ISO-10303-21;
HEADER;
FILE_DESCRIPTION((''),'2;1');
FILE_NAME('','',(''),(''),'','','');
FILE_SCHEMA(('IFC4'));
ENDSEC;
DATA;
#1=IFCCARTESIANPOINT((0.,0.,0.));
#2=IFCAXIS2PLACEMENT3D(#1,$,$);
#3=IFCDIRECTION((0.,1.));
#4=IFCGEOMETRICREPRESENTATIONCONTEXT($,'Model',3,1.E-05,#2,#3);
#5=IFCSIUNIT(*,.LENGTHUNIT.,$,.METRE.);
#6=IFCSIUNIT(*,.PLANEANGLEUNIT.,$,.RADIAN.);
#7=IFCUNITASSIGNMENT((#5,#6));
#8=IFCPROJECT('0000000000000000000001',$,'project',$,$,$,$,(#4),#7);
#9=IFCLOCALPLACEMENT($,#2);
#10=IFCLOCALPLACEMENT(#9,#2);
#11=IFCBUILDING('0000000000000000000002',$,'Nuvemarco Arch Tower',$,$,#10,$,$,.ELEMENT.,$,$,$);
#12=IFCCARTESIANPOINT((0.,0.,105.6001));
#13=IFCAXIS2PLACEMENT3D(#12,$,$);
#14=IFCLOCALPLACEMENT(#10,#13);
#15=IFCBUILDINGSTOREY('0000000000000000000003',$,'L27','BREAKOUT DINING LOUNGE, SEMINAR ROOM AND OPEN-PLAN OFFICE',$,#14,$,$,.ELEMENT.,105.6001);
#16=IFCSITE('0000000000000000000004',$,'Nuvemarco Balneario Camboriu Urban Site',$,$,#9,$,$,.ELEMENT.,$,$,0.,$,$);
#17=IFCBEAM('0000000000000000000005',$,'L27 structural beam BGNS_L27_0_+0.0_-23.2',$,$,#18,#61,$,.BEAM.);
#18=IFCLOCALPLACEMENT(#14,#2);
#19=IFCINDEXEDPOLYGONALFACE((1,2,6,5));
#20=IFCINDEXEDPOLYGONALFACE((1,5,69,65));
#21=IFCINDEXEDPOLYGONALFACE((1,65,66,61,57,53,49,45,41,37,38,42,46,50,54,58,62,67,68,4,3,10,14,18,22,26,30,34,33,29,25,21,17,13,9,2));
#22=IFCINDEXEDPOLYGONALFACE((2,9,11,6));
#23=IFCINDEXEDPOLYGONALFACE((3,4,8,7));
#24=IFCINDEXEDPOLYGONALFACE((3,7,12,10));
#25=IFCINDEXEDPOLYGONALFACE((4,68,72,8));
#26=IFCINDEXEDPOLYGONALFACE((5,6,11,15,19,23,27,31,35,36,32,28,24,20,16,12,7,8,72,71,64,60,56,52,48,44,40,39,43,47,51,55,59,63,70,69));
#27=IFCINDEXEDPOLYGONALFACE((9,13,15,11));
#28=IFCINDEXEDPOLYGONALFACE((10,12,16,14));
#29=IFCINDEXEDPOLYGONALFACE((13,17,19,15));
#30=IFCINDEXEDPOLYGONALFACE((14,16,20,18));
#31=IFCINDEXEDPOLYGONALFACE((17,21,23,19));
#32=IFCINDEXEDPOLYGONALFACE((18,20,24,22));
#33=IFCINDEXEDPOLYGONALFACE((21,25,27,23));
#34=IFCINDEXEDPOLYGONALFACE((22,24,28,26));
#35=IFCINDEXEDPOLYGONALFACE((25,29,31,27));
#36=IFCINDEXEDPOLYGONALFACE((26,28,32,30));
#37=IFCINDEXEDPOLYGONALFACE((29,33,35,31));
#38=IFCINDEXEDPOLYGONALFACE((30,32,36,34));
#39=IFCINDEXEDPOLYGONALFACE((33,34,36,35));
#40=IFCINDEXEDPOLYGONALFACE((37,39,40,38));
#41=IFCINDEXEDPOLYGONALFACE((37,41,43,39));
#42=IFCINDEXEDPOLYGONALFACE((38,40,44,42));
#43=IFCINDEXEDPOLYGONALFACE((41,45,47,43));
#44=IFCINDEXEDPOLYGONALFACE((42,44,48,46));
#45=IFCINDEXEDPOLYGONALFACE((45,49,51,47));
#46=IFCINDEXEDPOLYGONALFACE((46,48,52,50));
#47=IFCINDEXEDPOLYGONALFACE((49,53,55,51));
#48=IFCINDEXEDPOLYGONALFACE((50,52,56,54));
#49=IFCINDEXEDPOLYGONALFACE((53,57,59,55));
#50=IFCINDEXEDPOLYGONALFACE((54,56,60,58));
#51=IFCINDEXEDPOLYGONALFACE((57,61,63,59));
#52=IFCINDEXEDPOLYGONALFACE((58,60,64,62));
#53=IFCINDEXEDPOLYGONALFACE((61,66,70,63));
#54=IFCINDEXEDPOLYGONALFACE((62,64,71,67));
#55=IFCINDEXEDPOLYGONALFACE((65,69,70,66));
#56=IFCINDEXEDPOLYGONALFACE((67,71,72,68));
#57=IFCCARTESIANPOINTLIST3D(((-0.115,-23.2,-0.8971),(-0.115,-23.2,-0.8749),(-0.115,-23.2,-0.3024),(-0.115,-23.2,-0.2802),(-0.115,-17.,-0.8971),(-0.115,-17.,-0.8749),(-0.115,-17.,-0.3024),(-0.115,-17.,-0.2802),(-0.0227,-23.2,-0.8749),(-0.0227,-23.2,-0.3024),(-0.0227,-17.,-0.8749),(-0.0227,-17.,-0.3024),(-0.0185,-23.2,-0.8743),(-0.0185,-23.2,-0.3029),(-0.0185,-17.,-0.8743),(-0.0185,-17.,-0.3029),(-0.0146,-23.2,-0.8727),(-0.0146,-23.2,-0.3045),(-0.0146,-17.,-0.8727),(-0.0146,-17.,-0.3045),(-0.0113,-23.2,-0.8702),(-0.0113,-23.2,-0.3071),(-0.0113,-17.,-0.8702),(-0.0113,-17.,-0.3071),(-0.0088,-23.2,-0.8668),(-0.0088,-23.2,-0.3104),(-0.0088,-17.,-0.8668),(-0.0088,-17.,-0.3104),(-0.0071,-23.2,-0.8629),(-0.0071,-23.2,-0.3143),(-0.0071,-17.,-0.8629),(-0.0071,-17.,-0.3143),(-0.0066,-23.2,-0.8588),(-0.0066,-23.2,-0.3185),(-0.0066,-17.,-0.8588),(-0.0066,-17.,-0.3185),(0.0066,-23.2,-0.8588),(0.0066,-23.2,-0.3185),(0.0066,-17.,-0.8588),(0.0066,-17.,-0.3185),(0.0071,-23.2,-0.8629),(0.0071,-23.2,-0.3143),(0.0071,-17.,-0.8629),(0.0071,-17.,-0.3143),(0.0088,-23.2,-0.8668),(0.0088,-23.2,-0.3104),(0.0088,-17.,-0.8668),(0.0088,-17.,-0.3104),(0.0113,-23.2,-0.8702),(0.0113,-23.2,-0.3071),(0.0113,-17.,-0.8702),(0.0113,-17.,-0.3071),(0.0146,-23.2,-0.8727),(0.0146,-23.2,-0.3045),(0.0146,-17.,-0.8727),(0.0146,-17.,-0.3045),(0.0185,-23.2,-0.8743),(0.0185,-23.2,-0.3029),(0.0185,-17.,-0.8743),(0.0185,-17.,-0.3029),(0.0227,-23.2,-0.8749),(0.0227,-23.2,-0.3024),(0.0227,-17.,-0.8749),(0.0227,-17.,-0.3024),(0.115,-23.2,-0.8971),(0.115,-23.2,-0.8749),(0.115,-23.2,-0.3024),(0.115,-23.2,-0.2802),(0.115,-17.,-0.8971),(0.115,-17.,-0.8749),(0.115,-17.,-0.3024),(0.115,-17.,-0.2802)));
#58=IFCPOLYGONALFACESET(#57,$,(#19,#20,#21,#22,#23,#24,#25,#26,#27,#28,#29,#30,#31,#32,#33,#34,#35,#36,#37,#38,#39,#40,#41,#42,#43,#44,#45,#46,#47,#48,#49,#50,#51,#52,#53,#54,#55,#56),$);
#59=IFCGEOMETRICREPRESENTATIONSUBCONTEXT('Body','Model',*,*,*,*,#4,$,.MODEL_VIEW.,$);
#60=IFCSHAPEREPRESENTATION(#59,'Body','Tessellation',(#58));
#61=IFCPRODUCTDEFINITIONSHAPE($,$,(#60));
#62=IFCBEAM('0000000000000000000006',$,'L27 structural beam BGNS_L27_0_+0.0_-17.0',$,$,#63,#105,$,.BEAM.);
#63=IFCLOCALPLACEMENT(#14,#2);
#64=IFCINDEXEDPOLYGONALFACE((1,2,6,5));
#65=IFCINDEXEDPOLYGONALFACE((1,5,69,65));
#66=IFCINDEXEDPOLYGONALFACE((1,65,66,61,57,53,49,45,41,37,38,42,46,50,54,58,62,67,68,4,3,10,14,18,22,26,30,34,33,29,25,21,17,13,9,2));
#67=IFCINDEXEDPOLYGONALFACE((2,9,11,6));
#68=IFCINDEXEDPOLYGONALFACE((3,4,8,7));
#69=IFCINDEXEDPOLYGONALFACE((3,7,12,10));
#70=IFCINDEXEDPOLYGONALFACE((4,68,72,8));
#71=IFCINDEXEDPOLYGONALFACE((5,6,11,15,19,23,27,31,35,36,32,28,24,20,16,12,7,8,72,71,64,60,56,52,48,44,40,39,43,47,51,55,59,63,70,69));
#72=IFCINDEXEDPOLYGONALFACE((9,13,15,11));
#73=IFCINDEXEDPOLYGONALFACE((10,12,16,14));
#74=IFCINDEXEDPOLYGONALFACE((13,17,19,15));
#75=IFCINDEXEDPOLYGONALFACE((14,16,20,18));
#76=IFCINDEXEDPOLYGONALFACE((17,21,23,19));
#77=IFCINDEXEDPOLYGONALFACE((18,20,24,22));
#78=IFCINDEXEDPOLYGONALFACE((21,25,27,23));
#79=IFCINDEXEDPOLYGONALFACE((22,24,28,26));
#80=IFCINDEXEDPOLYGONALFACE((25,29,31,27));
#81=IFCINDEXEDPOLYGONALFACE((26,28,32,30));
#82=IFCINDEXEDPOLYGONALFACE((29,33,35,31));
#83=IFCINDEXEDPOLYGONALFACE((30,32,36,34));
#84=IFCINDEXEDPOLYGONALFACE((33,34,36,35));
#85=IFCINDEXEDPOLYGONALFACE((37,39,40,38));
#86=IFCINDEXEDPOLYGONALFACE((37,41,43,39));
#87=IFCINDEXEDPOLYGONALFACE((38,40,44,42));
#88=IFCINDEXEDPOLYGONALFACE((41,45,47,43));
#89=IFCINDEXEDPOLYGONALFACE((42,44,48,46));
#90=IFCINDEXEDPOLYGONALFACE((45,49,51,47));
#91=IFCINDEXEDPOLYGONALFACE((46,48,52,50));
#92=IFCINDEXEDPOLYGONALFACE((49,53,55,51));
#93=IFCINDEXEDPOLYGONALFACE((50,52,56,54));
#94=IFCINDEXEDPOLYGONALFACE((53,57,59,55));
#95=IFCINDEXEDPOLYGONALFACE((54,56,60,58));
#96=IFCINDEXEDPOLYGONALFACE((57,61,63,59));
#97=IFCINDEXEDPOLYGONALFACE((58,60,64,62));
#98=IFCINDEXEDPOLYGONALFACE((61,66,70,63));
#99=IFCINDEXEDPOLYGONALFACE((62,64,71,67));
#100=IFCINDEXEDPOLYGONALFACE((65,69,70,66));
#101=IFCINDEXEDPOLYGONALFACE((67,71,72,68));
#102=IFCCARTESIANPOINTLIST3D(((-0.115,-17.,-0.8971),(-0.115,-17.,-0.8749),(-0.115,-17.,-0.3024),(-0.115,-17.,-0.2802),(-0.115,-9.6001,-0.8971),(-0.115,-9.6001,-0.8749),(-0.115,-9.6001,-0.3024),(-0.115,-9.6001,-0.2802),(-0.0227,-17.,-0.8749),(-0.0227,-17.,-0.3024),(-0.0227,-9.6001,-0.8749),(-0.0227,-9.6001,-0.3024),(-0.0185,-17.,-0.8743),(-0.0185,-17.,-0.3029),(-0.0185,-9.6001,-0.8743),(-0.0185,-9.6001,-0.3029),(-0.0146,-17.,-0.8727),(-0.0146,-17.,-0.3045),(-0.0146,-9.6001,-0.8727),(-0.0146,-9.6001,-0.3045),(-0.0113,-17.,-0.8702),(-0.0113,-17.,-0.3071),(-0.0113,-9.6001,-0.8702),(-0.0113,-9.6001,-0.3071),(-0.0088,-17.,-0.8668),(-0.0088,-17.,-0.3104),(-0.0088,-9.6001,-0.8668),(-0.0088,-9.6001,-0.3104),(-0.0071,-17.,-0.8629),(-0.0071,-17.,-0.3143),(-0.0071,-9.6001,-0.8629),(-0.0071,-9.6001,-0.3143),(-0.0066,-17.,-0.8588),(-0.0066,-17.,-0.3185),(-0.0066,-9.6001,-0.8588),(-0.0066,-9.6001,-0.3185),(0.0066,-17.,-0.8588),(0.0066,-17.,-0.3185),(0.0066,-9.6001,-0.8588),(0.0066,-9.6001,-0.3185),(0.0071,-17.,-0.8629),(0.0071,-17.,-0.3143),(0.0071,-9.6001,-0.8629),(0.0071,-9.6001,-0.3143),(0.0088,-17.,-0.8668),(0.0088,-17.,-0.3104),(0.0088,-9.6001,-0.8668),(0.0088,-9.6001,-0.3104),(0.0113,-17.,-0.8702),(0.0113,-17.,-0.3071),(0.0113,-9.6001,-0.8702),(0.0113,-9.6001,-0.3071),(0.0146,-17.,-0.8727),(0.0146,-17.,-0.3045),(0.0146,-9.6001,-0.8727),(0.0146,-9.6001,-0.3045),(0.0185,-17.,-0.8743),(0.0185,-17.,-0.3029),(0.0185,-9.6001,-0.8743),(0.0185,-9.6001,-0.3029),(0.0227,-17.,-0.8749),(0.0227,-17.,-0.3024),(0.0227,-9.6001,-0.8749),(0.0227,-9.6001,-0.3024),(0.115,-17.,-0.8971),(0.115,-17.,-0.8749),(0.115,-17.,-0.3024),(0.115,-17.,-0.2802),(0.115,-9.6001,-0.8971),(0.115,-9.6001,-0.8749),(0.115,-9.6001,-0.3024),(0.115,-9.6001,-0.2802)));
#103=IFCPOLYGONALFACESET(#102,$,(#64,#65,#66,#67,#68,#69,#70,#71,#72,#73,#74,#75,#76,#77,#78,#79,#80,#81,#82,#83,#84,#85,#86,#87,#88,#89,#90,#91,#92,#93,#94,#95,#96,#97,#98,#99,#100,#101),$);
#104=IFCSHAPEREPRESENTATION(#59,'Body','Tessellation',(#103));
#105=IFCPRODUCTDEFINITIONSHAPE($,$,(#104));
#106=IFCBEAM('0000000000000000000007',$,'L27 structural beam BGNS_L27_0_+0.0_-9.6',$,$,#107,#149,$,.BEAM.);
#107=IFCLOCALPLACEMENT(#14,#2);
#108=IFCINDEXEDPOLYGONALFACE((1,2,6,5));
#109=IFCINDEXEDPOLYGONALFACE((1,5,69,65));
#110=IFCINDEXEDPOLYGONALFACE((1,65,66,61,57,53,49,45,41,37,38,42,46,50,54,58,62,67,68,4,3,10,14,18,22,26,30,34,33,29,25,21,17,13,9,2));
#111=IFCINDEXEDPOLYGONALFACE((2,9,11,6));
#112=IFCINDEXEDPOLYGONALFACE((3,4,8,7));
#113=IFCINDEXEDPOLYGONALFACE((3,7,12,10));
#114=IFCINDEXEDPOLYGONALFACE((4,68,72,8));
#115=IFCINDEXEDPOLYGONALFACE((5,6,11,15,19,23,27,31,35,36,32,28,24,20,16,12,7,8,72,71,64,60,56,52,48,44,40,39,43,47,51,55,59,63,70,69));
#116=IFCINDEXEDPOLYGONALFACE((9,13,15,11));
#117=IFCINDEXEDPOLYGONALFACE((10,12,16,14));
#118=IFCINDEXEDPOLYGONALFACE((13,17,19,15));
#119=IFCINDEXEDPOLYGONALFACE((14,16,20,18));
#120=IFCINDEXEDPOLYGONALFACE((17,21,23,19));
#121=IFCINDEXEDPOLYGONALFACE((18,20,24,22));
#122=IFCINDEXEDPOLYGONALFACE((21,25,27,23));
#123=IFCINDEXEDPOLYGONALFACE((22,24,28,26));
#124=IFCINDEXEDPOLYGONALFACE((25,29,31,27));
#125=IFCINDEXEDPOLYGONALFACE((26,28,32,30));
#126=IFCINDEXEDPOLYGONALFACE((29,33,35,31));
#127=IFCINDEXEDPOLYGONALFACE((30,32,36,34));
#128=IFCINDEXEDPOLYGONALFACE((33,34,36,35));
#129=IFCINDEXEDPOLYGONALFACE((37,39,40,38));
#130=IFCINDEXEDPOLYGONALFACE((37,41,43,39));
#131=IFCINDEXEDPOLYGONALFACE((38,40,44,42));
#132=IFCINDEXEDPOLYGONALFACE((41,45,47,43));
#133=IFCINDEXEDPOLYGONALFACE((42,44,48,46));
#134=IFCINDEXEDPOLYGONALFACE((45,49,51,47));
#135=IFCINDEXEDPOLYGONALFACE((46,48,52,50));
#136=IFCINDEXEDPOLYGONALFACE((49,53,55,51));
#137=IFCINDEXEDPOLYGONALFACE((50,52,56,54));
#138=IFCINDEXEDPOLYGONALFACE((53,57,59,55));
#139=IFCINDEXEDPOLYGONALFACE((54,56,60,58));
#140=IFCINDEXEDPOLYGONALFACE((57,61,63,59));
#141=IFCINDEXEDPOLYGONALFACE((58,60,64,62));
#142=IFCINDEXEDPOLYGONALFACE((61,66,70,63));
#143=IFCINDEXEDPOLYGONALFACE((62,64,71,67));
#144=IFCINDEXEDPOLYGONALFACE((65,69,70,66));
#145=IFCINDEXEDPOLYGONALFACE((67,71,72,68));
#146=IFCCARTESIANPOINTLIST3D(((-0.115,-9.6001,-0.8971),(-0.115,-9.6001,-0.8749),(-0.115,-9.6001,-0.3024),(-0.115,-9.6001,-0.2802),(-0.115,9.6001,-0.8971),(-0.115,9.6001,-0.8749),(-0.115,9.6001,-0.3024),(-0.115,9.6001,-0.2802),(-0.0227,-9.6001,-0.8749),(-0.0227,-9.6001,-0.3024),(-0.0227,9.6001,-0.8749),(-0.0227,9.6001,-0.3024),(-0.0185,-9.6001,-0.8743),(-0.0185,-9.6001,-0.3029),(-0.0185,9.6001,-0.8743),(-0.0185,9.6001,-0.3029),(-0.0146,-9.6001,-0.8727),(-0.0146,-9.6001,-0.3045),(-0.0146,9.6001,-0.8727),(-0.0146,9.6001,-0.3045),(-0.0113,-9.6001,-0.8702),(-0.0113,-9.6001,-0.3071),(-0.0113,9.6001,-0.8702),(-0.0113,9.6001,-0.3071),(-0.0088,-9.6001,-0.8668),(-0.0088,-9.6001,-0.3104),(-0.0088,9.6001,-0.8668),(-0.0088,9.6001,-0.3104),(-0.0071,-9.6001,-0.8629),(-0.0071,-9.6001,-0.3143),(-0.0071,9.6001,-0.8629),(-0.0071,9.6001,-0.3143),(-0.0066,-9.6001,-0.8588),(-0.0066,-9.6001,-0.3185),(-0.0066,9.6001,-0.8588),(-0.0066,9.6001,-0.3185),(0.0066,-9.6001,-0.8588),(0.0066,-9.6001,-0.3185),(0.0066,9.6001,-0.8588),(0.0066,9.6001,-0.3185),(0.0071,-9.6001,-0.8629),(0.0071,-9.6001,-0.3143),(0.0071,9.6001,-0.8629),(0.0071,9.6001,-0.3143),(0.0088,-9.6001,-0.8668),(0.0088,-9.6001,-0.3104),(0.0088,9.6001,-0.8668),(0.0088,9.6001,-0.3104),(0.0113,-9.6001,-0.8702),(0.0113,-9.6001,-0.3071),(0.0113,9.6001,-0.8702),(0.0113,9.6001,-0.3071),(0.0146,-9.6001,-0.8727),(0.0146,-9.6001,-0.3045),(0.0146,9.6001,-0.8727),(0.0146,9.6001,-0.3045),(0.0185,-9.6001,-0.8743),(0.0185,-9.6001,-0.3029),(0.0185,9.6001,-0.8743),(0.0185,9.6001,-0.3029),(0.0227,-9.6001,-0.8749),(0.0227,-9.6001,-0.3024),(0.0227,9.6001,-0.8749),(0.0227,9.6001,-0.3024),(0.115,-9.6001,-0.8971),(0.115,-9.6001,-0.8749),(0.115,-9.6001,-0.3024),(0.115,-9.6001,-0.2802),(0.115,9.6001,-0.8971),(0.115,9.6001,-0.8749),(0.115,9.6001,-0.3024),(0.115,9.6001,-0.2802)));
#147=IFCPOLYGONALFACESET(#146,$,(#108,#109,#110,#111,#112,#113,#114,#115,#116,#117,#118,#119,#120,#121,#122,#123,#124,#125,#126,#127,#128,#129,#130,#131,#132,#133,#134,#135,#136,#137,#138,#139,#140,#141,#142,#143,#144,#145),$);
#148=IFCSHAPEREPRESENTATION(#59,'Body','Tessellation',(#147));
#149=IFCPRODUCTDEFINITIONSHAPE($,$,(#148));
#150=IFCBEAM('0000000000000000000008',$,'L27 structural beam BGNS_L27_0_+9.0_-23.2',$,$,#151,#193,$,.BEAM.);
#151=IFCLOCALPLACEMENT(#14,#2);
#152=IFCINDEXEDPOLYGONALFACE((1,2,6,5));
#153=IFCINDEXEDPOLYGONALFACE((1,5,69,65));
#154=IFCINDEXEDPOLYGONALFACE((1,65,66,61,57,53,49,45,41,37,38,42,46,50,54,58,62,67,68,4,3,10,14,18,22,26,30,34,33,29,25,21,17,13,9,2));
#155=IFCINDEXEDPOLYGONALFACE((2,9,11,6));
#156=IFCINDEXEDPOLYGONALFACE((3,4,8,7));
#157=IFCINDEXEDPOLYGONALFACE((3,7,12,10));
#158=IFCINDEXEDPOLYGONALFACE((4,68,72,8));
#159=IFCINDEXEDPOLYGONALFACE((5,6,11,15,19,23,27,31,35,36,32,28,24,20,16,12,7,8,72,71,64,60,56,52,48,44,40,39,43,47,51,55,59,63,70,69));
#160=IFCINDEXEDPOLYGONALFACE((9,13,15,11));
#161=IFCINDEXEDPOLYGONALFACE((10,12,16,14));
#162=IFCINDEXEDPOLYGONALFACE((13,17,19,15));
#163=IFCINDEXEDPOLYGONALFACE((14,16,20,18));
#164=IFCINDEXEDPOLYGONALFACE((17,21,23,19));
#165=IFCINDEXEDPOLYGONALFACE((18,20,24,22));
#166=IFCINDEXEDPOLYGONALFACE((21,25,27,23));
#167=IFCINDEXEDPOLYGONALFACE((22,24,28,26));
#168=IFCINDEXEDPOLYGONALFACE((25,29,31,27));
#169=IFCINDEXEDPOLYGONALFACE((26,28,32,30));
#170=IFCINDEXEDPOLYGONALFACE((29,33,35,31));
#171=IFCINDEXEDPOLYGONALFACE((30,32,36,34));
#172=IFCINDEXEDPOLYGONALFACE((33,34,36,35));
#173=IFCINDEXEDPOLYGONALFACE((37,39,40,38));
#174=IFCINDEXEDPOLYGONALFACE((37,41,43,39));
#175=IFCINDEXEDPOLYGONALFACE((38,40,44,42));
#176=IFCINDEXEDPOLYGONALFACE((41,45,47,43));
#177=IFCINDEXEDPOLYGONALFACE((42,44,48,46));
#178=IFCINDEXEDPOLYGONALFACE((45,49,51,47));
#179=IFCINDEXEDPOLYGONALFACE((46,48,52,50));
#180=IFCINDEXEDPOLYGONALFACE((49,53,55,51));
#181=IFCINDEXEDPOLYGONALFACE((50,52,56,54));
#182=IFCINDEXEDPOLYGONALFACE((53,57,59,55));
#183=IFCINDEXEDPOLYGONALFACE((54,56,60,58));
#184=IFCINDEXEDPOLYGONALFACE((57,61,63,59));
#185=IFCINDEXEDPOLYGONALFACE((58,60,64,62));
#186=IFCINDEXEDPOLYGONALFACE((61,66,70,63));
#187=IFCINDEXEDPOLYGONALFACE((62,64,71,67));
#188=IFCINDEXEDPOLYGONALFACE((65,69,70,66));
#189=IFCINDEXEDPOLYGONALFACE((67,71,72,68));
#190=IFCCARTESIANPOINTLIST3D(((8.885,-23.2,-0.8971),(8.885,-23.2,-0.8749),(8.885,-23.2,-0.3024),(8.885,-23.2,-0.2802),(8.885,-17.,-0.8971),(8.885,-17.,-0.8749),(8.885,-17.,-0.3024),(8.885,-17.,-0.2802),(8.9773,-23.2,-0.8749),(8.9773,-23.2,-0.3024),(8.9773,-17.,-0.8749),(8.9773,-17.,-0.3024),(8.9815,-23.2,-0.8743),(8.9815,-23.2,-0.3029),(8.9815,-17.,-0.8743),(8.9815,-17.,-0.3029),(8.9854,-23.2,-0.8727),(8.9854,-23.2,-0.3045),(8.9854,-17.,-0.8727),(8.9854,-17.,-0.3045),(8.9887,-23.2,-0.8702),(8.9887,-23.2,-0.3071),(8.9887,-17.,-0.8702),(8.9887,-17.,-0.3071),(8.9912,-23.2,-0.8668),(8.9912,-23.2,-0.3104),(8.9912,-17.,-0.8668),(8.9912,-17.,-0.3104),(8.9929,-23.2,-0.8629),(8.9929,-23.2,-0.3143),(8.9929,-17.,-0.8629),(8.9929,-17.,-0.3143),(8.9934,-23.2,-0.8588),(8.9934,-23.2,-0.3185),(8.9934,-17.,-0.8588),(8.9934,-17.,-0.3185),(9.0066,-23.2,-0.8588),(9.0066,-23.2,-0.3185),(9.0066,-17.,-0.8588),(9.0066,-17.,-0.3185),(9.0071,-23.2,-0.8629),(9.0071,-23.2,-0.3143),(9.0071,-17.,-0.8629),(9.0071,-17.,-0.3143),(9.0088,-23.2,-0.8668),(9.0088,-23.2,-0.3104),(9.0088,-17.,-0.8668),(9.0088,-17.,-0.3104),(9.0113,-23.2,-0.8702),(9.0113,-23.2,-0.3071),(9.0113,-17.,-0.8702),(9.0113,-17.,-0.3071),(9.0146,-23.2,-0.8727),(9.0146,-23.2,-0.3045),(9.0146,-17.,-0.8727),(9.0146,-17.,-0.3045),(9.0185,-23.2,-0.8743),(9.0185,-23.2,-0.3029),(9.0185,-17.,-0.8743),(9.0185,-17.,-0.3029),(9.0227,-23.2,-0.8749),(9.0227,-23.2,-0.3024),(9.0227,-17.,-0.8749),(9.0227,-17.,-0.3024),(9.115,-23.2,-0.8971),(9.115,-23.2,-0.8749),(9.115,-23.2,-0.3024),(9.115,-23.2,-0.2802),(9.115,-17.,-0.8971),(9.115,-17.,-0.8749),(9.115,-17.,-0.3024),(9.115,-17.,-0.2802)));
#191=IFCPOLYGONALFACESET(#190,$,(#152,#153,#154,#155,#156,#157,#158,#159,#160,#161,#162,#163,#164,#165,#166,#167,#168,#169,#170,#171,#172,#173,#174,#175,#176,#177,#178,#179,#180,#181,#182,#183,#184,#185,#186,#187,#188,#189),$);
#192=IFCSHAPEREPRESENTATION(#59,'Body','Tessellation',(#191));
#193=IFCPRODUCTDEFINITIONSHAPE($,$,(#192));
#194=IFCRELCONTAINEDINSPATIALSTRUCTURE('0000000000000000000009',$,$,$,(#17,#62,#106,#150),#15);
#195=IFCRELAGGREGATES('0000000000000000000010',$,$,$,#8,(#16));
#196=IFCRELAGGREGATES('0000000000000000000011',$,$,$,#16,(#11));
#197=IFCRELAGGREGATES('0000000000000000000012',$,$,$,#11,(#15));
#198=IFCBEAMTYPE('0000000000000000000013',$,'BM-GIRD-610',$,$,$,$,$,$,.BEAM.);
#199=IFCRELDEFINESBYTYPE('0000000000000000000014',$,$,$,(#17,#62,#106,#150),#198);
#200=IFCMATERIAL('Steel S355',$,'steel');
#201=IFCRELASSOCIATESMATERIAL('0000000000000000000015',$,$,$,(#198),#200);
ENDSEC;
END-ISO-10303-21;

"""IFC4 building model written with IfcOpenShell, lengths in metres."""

from ifc_helpers import new_model, si_unit, direction, frame, origin, origin_2d, place, context, subcontext, project, spatial, i_section, extrude, material, material_profile, profile_set, type_object, element, save


model = new_model("IFC4")

# Units and contexts
model_context = context("Model", 3, precision=1e-05, world=origin(), true_north=direction((0.0, 1.0)))
body_context = subcontext(model_context, "Body", "Model", "MODEL_VIEW")
ifc_project = project(units=[si_unit("LENGTHUNIT", "METRE"), si_unit("PLANEANGLEUNIT", "RADIAN")], contexts=[model_context])

# Site, building, storey
site_placement = place(None, origin())
site = spatial("IfcSite", under=ifc_project, at=site_placement, Name="Nuvemarco Balneario Camboriu Urban Site", CompositionType="ELEMENT", RefElevation=0.0)
building_placement = place(site_placement, origin())
building = spatial("IfcBuilding", under=site, at=building_placement, Name="Nuvemarco Arch Tower", CompositionType="ELEMENT")
storey_placement = place(building_placement, frame((0.0, 0.0, 105.6001)))
storey = spatial("IfcBuildingStorey", under=building, at=storey_placement, Name="L27", Description="BREAKOUT DINING LOUNGE, SEMINAR ROOM AND OPEN-PLAN OFFICE", CompositionType="ELEMENT", Elevation=105.6001)

# Shared definitions
ifc_material_1 = material(Name="Steel S355", Category="steel")

# Beams
ifc_material_profile_1 = material_profile(ifc_material_1, i_section(OverallWidth=0.23, OverallDepth=0.6169, WebThickness=0.0132, FlangeThickness=0.0222, FilletRadius=0.0161, at=origin_2d()), Name="W610x140")
ifc_profile_set_1 = profile_set([ifc_material_profile_1], Name="Steel S355")
beam_type_1 = type_object("IfcBeamType", Name="BM-GIRD-610", PredefinedType="BEAM", material=ifc_profile_set_1)
beam_1_placement = place(storey_placement, frame((0.0, -23.2, -0.5886), z_axis=(0.0, 1.0, 0.0), x_axis=(-1.0, 0.0, 0.0)))
element("IfcBeam", 1, at=beam_1_placement, inside=storey, type_object=beam_type_1, Name="L27 structural beam BGNS_L27_0_+0.0_-23.2", PredefinedType="BEAM", context=body_context, shape_type="SweptSolid", body=[
    extrude(i_section(OverallWidth=0.23, OverallDepth=0.6169, WebThickness=0.0132, FlangeThickness=0.0222, FilletRadius=0.0161, at=origin_2d()), origin(), (0.0, 0.0, 1.0), 6.2),
])
beam_2_placement = place(storey_placement, frame((0.0, -17.0, -0.5886), z_axis=(0.0, 1.0, 0.0), x_axis=(-1.0, 0.0, 0.0)))
element("IfcBeam", 2, at=beam_2_placement, inside=storey, type_object=beam_type_1, Name="L27 structural beam BGNS_L27_0_+0.0_-17.0", PredefinedType="BEAM", context=body_context, shape_type="SweptSolid", body=[
    extrude(i_section(OverallWidth=0.23, OverallDepth=0.6169, WebThickness=0.0132, FlangeThickness=0.0222, FilletRadius=0.0161, at=origin_2d()), origin(), (0.0, 0.0, 1.0), 7.3999),
])
beam_3_placement = place(storey_placement, frame((0.0, -9.6001, -0.5886), z_axis=(0.0, 1.0, 0.0), x_axis=(-1.0, 0.0, 0.0)))
element("IfcBeam", 3, at=beam_3_placement, inside=storey, type_object=beam_type_1, Name="L27 structural beam BGNS_L27_0_+0.0_-9.6", PredefinedType="BEAM", context=body_context, shape_type="SweptSolid", body=[
    extrude(i_section(OverallWidth=0.23, OverallDepth=0.6169, WebThickness=0.0132, FlangeThickness=0.0222, FilletRadius=0.0161, at=origin_2d()), origin(), (0.0, 0.0, 1.0), 19.2002),
])
beam_4_placement = place(storey_placement, frame((9.0, -23.2, -0.5886), z_axis=(0.0, 1.0, 0.0), x_axis=(-1.0, 0.0, 0.0)))
element("IfcBeam", 4, at=beam_4_placement, inside=storey, type_object=beam_type_1, Name="L27 structural beam BGNS_L27_0_+9.0_-23.2", PredefinedType="BEAM", context=body_context, shape_type="SweptSolid", body=[
    extrude(i_section(OverallWidth=0.23, OverallDepth=0.6169, WebThickness=0.0132, FlangeThickness=0.0222, FilletRadius=0.0161, at=origin_2d()), origin(), (0.0, 0.0, 1.0), 6.2),
])

save(model, "model.ifc")
